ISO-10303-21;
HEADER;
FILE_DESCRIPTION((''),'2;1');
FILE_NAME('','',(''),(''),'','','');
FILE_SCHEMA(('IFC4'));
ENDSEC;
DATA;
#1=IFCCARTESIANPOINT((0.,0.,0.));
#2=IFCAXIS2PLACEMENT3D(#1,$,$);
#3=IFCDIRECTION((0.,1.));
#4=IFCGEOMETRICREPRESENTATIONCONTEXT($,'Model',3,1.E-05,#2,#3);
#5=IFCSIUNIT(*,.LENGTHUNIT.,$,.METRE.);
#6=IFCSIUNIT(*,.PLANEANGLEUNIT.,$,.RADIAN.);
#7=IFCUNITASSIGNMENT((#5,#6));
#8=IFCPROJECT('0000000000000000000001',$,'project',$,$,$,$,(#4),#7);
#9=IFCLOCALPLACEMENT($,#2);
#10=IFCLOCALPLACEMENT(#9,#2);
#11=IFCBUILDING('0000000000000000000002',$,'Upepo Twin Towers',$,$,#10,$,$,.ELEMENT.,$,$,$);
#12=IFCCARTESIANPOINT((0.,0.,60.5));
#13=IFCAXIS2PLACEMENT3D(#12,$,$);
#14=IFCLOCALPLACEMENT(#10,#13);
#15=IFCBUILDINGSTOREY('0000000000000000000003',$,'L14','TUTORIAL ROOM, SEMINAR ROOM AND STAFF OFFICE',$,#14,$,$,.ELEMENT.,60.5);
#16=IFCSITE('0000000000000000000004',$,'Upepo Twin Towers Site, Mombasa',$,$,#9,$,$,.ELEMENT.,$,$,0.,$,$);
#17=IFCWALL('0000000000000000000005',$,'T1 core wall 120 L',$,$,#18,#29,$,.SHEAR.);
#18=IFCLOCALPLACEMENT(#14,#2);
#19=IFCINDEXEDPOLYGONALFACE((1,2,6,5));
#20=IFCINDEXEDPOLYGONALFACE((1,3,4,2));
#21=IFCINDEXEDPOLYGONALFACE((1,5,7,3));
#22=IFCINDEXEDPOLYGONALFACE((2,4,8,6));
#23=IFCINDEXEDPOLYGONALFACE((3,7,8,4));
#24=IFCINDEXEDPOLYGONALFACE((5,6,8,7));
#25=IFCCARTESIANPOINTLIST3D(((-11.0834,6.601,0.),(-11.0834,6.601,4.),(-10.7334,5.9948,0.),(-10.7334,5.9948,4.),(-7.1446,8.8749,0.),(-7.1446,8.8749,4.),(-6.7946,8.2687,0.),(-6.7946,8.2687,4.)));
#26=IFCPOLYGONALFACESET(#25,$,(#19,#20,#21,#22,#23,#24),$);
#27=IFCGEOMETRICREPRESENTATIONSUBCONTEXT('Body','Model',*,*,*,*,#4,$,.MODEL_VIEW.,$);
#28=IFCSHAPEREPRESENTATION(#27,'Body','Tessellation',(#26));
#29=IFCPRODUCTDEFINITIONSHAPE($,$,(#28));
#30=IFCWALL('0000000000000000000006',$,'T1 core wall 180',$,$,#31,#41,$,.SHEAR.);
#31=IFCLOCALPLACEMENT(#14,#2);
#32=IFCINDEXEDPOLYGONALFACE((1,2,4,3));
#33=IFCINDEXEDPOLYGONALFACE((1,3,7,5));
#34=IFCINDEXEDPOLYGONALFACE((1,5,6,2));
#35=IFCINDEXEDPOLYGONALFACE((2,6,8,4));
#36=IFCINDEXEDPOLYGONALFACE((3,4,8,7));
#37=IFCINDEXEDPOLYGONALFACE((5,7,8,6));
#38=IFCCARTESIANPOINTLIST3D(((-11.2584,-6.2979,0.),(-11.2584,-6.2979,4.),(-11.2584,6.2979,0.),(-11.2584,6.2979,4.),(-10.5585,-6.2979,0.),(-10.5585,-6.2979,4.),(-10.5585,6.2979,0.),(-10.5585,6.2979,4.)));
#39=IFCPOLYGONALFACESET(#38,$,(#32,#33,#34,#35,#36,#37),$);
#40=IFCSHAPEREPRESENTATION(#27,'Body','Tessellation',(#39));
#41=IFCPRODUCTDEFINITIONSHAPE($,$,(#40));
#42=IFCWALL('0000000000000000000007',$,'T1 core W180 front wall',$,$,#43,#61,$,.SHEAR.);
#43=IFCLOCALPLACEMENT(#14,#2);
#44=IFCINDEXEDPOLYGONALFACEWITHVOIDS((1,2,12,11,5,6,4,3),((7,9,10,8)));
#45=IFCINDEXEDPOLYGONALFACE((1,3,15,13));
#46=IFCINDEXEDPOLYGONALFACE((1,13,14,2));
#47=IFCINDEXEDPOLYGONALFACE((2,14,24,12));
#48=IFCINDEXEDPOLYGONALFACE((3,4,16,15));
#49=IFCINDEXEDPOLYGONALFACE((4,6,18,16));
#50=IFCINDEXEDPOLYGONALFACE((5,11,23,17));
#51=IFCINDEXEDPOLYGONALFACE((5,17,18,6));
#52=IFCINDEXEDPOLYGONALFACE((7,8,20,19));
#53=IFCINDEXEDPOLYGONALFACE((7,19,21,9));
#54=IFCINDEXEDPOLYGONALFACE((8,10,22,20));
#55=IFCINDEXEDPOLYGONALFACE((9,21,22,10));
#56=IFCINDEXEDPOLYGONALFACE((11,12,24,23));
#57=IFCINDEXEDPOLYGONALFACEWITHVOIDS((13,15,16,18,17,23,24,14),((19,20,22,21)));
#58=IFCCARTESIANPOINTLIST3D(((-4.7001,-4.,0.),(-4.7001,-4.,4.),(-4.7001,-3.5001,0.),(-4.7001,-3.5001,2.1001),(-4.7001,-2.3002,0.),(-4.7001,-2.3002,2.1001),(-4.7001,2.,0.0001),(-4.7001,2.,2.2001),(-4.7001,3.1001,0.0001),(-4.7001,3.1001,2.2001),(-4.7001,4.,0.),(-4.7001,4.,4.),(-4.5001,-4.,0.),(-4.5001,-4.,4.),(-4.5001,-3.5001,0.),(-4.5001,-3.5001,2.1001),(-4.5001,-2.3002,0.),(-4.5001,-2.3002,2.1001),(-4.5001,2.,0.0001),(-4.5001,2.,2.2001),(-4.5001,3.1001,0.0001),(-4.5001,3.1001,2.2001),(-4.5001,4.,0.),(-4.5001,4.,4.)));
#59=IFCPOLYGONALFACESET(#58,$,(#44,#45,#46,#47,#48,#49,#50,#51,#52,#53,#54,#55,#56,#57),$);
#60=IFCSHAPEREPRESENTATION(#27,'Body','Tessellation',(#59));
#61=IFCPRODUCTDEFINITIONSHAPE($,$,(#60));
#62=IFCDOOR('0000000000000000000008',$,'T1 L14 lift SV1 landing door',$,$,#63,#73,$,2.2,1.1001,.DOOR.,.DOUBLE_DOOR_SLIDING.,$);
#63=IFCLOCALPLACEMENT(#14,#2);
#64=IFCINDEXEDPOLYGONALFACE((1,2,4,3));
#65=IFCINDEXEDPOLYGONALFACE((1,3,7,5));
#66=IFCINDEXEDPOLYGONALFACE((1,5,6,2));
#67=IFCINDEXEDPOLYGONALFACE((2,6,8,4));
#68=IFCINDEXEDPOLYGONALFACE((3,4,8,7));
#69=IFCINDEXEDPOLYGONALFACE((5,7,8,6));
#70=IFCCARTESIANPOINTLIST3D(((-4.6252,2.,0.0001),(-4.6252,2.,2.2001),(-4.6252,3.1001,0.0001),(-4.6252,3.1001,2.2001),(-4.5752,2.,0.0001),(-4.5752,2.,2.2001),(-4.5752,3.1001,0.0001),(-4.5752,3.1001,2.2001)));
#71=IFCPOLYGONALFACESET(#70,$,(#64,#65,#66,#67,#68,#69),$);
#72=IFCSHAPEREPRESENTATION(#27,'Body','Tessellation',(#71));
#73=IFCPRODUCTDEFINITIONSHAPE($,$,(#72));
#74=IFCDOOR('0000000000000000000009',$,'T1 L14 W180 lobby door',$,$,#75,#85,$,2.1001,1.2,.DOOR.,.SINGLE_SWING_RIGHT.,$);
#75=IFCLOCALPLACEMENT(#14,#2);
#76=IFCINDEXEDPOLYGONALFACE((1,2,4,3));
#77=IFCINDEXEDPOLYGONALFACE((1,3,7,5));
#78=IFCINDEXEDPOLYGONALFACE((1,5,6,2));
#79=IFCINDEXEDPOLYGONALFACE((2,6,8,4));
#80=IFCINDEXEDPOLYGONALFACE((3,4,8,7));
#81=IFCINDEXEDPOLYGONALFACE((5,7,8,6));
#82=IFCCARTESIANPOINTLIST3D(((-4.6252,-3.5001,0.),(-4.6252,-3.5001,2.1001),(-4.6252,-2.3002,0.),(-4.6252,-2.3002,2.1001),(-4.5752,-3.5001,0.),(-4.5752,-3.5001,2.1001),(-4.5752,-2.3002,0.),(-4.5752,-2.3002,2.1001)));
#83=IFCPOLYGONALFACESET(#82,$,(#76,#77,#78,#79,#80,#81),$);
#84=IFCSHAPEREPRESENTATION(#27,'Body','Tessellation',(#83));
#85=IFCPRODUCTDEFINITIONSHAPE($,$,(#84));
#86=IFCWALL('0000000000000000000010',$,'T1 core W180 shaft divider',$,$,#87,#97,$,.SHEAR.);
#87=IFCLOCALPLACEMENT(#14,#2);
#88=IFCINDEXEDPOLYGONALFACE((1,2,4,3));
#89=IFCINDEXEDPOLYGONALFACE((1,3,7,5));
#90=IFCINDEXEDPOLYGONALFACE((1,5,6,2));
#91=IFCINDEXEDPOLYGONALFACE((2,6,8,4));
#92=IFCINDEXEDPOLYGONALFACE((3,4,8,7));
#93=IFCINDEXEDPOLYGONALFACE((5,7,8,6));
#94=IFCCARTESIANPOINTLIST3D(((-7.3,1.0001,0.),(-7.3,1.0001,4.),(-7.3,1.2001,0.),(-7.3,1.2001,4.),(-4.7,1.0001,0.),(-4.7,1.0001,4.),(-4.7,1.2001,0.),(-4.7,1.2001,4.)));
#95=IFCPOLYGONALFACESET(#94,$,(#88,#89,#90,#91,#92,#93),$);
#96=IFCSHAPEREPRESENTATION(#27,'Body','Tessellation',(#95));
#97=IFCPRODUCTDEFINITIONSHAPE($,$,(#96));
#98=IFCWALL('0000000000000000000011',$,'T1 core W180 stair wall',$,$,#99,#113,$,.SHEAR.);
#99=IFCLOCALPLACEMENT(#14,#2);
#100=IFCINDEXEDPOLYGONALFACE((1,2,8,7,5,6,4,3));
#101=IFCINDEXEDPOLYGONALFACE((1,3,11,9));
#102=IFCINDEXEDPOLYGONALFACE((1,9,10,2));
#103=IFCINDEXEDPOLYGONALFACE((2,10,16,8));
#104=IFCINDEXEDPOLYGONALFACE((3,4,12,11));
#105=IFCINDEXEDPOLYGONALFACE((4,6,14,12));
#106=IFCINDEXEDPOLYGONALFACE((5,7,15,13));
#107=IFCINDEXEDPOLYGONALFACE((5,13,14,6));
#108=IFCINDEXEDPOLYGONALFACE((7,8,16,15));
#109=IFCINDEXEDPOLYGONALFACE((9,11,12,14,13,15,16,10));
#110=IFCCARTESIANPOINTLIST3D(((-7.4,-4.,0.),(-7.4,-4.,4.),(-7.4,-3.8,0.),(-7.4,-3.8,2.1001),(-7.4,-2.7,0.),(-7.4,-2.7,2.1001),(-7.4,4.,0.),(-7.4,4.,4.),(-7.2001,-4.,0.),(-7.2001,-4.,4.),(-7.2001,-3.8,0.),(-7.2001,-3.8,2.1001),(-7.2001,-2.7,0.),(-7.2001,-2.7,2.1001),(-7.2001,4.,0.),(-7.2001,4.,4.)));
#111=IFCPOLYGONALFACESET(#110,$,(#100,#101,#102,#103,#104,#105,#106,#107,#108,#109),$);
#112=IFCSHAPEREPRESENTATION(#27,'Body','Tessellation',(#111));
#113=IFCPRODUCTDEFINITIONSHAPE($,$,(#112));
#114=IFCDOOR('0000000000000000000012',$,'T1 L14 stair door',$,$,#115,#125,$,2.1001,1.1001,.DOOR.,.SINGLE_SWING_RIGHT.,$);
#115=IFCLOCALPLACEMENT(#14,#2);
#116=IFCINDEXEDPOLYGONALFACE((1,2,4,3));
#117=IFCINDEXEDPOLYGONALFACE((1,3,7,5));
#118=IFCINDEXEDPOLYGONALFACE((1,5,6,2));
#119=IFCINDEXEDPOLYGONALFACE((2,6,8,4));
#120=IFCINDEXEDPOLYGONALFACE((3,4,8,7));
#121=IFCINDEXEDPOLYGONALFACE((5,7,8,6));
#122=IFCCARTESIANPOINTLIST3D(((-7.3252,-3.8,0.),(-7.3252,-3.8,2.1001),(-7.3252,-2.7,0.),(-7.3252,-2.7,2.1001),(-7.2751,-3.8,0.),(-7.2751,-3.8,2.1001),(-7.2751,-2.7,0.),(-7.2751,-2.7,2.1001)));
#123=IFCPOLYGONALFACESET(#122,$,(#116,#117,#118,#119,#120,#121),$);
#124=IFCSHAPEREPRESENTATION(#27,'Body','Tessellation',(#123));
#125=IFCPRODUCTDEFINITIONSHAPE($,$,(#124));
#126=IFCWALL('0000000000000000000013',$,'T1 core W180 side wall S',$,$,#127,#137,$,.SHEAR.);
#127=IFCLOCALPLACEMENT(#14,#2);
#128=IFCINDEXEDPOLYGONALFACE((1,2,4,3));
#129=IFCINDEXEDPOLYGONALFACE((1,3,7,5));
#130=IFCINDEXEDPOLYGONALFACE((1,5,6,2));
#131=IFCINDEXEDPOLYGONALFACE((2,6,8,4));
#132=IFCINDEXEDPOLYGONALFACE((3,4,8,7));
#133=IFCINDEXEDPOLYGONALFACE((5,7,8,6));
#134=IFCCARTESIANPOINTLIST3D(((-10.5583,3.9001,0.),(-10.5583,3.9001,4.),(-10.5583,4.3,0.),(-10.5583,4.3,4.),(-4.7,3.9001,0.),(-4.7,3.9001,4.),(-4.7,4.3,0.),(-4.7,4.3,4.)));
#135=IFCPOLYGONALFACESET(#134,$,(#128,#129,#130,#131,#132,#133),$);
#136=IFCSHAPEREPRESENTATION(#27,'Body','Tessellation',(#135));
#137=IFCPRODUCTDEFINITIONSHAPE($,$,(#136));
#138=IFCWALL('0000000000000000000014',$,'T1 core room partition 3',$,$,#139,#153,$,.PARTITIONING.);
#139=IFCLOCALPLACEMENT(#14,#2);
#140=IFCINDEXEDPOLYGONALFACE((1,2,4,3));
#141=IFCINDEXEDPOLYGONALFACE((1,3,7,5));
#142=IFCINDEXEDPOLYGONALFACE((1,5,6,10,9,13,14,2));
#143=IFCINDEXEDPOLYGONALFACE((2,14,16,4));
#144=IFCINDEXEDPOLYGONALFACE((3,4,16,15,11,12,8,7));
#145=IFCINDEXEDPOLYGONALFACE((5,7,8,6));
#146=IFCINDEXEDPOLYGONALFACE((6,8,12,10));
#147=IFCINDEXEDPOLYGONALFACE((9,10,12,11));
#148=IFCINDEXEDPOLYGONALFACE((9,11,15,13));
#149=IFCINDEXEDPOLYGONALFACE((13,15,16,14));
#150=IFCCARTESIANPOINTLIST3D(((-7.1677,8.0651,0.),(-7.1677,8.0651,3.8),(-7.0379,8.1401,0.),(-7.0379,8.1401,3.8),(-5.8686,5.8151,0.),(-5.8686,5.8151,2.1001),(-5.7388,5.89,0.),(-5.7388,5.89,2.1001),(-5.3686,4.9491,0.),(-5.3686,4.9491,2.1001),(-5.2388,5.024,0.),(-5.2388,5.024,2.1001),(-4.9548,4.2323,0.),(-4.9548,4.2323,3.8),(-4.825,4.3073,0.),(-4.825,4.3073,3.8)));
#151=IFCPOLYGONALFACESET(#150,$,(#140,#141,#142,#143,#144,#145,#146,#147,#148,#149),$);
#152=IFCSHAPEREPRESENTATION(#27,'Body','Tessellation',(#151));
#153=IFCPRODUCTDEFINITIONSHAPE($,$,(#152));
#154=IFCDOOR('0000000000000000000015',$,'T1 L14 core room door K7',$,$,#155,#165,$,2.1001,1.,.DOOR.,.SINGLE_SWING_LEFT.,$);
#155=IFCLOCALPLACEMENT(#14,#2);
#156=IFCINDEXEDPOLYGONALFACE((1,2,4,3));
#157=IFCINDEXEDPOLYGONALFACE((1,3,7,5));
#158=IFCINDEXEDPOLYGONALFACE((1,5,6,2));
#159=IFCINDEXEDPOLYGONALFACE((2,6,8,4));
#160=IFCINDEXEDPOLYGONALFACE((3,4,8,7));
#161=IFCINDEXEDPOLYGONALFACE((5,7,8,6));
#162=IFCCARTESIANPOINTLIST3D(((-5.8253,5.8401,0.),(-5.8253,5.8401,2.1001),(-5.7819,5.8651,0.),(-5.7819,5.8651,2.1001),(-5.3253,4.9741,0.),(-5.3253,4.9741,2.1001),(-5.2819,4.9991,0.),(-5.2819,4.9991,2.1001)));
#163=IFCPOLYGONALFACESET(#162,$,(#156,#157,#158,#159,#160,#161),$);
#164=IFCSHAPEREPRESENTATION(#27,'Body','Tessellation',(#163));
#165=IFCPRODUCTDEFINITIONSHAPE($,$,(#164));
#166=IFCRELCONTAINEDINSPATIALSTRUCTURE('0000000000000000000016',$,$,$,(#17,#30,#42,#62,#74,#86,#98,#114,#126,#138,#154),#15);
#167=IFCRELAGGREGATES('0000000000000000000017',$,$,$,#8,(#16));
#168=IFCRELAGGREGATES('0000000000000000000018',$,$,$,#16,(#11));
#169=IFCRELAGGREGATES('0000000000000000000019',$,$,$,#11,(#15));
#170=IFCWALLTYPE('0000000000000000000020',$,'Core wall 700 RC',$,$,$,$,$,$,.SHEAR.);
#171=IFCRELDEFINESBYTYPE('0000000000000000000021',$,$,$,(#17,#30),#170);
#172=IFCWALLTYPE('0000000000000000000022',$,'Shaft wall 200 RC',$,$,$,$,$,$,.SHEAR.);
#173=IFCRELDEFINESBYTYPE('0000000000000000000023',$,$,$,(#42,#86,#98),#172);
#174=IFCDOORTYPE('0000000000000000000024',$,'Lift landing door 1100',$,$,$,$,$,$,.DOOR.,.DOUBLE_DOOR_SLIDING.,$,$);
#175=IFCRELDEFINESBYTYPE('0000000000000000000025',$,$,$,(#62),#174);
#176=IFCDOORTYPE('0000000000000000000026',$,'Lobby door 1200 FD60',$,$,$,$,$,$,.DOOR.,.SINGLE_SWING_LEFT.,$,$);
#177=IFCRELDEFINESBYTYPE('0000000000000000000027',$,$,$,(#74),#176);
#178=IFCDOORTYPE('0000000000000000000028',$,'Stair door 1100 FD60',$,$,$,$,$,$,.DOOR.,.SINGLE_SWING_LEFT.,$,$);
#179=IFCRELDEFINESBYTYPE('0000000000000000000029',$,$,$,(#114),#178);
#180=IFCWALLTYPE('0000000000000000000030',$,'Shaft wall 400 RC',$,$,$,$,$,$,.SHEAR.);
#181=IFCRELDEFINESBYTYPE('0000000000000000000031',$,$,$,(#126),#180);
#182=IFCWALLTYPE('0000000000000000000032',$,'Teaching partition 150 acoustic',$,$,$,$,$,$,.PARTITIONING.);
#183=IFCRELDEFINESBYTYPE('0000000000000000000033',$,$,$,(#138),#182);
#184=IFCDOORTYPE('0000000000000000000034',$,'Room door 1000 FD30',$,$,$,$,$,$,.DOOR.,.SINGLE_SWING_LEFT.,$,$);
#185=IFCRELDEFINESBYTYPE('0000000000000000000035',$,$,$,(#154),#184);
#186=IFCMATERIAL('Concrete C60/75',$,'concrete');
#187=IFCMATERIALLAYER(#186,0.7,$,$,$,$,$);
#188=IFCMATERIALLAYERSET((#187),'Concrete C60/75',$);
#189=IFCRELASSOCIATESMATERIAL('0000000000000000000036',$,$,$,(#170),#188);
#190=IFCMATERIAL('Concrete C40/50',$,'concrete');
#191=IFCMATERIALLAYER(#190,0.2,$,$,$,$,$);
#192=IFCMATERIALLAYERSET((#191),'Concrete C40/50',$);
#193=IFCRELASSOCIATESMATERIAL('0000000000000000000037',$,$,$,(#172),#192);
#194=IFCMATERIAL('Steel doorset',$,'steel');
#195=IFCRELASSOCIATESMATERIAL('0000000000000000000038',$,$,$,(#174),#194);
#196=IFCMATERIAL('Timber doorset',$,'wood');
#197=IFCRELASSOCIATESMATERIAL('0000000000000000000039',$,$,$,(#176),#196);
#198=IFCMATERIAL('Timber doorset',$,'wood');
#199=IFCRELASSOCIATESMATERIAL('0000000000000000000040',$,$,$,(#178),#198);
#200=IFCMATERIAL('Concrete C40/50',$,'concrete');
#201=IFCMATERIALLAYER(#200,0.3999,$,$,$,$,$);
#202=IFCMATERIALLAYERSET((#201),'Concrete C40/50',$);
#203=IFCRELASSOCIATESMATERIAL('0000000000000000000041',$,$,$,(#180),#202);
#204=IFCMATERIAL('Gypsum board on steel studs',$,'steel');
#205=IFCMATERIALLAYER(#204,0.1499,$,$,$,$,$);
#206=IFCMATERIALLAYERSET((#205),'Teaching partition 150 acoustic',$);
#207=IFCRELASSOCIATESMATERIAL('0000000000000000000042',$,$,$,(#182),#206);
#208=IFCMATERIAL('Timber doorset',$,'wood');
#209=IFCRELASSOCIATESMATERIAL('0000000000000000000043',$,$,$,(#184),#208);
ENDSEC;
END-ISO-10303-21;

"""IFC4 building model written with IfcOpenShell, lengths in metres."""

from ifc_helpers import new_model, si_unit, direction, frame, frame_2d, origin, place, context, subcontext, project, spatial, rectangle, extrude, material, layer, layer_set, type_object, element, fill, save


model = new_model("IFC4")

# Units and contexts
model_context = context("Model", 3, precision=1e-05, world=origin(), true_north=direction((0.0, 1.0)))
body_context = subcontext(model_context, "Body", "Model", "MODEL_VIEW")
ifc_project = project(units=[si_unit("LENGTHUNIT", "METRE"), si_unit("PLANEANGLEUNIT", "RADIAN")], contexts=[model_context])

# Site, building, storey
site_placement = place(None, origin())
site = spatial("IfcSite", under=ifc_project, at=site_placement, Name="Upepo Twin Towers Site, Mombasa", CompositionType="ELEMENT", RefElevation=0.0)
building_placement = place(site_placement, origin())
building = spatial("IfcBuilding", under=site, at=building_placement, Name="Upepo Twin Towers", CompositionType="ELEMENT")
storey_placement = place(building_placement, frame((0.0, 0.0, 60.5)))
storey = spatial("IfcBuildingStorey", under=building, at=storey_placement, Name="L14", Description="TUTORIAL ROOM, SEMINAR ROOM AND STAFF OFFICE", CompositionType="ELEMENT", Elevation=60.5)

# Walls
ifc_material_1 = material(Name="Concrete C60/75", Category="concrete")
ifc_layer_1 = layer(ifc_material_1, 0.7)
ifc_layer_set_1 = layer_set([ifc_layer_1], Name="Concrete C60/75")
wall_type_1 = type_object("IfcWallType", Name="Core wall 700 RC", PredefinedType="SHEAR", material=ifc_layer_set_1)
wall_1_placement = place(storey_placement, frame((-6.9697, 8.5718, 0.0), z_axis=(0.0, 0.0, 1.0), x_axis=(-0.866035, -0.499984, 0.0)))
element("IfcWall", 1, at=wall_1_placement, inside=storey, type_object=wall_type_1, Name="T1 core wall 120 L", PredefinedType="SHEAR", context=body_context, shape_type="SweptSolid", body=[
    extrude(rectangle(XDim=4.5481, YDim=0.7, at=frame_2d((2.2739, 0.0))), origin(), (0.0, 0.0, 1.0), 4.0),
])
wall_2_placement = place(storey_placement, frame((-10.9084, 6.2979, 0.0), z_axis=(0.0, 0.0, 1.0), x_axis=(0.0, -1.0, 0.0)))
element("IfcWall", 2, at=wall_2_placement, inside=storey, type_object=wall_type_1, Name="T1 core wall 180", PredefinedType="SHEAR", context=body_context, shape_type="SweptSolid", body=[
    extrude(rectangle(XDim=12.5957, YDim=0.7, at=frame_2d((6.2979, 0.0))), origin(), (0.0, 0.0, 1.0), 4.0),
])

# Wall, openings, doors
ifc_material_2 = material(Name="Concrete C40/50", Category="concrete")
ifc_layer_2 = layer(ifc_material_2, 0.2)
ifc_layer_set_2 = layer_set([ifc_layer_2], Name="Concrete C40/50")
wall_type_2 = type_object("IfcWallType", Name="Shaft wall 200 RC", PredefinedType="SHEAR", material=ifc_layer_set_2)
wall_3_placement = place(storey_placement, frame((-4.6001, 4.0, 0.0), z_axis=(0.0, 0.0, 1.0), x_axis=(0.0, -1.0, 0.0)))
wall_3 = element("IfcWall", 3, at=wall_3_placement, inside=storey, type_object=wall_type_2, Name="T1 core W180 front wall", PredefinedType="SHEAR", context=body_context, shape_type="SweptSolid", body=[
    extrude(rectangle(XDim=8.0, YDim=0.2, at=frame_2d((4.0, 0.0))), origin(), (0.0, 0.0, 1.0), 4.0),
])
opening_1_placement = place(wall_3_placement, frame((6.3, 0.0, 0.0)))
opening_1 = element("IfcOpeningElement", 4, at=opening_1_placement, cuts=wall_3, PredefinedType="OPENING", context=body_context, shape_type="SweptSolid", body=[
    extrude(rectangle(XDim=1.2, YDim=2.1001, at=frame_2d((0.6001, 1.05))), frame((0.0, 0.1099, 0.0), z_axis=(0.0, -1.0, 0.0), x_axis=(1.0, 0.0, 0.0)), (0.0, 0.0, 1.0), 0.22),
])
opening_2_placement = place(wall_3_placement, frame((0.8999, 0.0, 0.0)))
opening_2 = element("IfcOpeningElement", 5, at=opening_2_placement, cuts=wall_3, PredefinedType="OPENING", context=body_context, shape_type="SweptSolid", body=[
    extrude(rectangle(XDim=1.1001, YDim=2.2, at=frame_2d((0.55, 1.1001))), frame((0.0, 0.1099, 0.0), z_axis=(0.0, -1.0, 0.0), x_axis=(1.0, 0.0, 0.0)), (0.0, 0.0, 1.0), 0.22),
])
ifc_material_3 = material(Name="Steel doorset", Category="steel")
door_type_1 = type_object("IfcDoorType", Name="Lift landing door 1100", OperationType="DOUBLE_DOOR_SLIDING", PredefinedType="DOOR", material=ifc_material_3)
door_1_placement = place(opening_2_placement, origin())
door_1 = element("IfcDoor", 6, at=door_1_placement, inside=storey, type_object=door_type_1, Name="T1 L14 lift SV1 landing door", OperationType="DOUBLE_DOOR_SLIDING", OverallHeight=2.2, OverallWidth=1.1001, PredefinedType="DOOR", context=body_context, shape_type="SweptSolid", body=[
    extrude(rectangle(XDim=1.1001, YDim=2.2, at=frame_2d((0.55, 1.1001))), frame((0.0, 0.0249, 0.0), z_axis=(0.0, -1.0, 0.0), x_axis=(1.0, 0.0, 0.0)), (0.0, 0.0, 1.0), 0.05),
])
fill(opening_2, door_1)
ifc_material_4 = material(Name="Timber doorset", Category="wood")
door_type_2 = type_object("IfcDoorType", Name="Lobby door 1200 FD60", OperationType="SINGLE_SWING_LEFT", PredefinedType="DOOR", material=ifc_material_4)
door_2_placement = place(opening_1_placement, origin())
door_2 = element("IfcDoor", 7, at=door_2_placement, inside=storey, type_object=door_type_2, Name="T1 L14 W180 lobby door", OperationType="SINGLE_SWING_RIGHT", OverallHeight=2.1001, OverallWidth=1.2, PredefinedType="DOOR", context=body_context, shape_type="SweptSolid", body=[
    extrude(rectangle(XDim=1.2, YDim=2.1001, at=frame_2d((0.6001, 1.05))), frame((0.0, 0.0249, 0.0), z_axis=(0.0, -1.0, 0.0), x_axis=(1.0, 0.0, 0.0)), (0.0, 0.0, 1.0), 0.05),
])
fill(opening_1, door_2)

# Wall
wall_4_placement = place(storey_placement, frame((-4.7, 1.1001, 0.0), z_axis=(0.0, 0.0, 1.0), x_axis=(-1.0, 0.0, 0.0)))
element("IfcWall", 8, at=wall_4_placement, inside=storey, type_object=wall_type_2, Name="T1 core W180 shaft divider", PredefinedType="SHEAR", context=body_context, shape_type="SweptSolid", body=[
    extrude(rectangle(XDim=2.6001, YDim=0.2, at=frame_2d((1.3, 0.0))), origin(), (0.0, 0.0, 1.0), 4.0),
])

# Wall, opening, door
wall_5_placement = place(storey_placement, frame((-7.3, 4.0, 0.0), z_axis=(0.0, 0.0, 1.0), x_axis=(0.0, -1.0, 0.0)))
wall_5 = element("IfcWall", 9, at=wall_5_placement, inside=storey, type_object=wall_type_2, Name="T1 core W180 stair wall", PredefinedType="SHEAR", context=body_context, shape_type="SweptSolid", body=[
    extrude(rectangle(XDim=8.0, YDim=0.2, at=frame_2d((4.0, 0.0))), origin(), (0.0, 0.0, 1.0), 4.0),
])
opening_3_placement = place(wall_5_placement, frame((6.7, 0.0, 0.0)))
opening_3 = element("IfcOpeningElement", 10, at=opening_3_placement, cuts=wall_5, PredefinedType="OPENING", context=body_context, shape_type="SweptSolid", body=[
    extrude(rectangle(XDim=1.1001, YDim=2.1001, at=frame_2d((0.55, 1.05))), frame((0.0, 0.1099, 0.0), z_axis=(0.0, -1.0, 0.0), x_axis=(1.0, 0.0, 0.0)), (0.0, 0.0, 1.0), 0.22),
])
ifc_material_5 = material(Name="Timber doorset", Category="wood")
door_type_3 = type_object("IfcDoorType", Name="Stair door 1100 FD60", OperationType="SINGLE_SWING_LEFT", PredefinedType="DOOR", material=ifc_material_5)
door_3_placement = place(opening_3_placement, origin())
door_3 = element("IfcDoor", 11, at=door_3_placement, inside=storey, type_object=door_type_3, Name="T1 L14 stair door", OperationType="SINGLE_SWING_RIGHT", OverallHeight=2.1001, OverallWidth=1.1001, PredefinedType="DOOR", context=body_context, shape_type="SweptSolid", body=[
    extrude(rectangle(XDim=1.1001, YDim=2.1001, at=frame_2d((0.55, 1.05))), frame((0.0, 0.0249, 0.0), z_axis=(0.0, -1.0, 0.0), x_axis=(1.0, 0.0, 0.0)), (0.0, 0.0, 1.0), 0.05),
])
fill(opening_3, door_3)

# Wall
ifc_material_6 = material(Name="Concrete C40/50", Category="concrete")
ifc_layer_3 = layer(ifc_material_6, 0.3999)
ifc_layer_set_3 = layer_set([ifc_layer_3], Name="Concrete C40/50")
wall_type_3 = type_object("IfcWallType", Name="Shaft wall 400 RC", PredefinedType="SHEAR", material=ifc_layer_set_3)
wall_6_placement = place(storey_placement, frame((-4.7, 4.1001, 0.0), z_axis=(0.0, 0.0, 1.0), x_axis=(-1.0, 0.0, 0.0)))
element("IfcWall", 12, at=wall_6_placement, inside=storey, type_object=wall_type_3, Name="T1 core W180 side wall S", PredefinedType="SHEAR", context=body_context, shape_type="SweptSolid", body=[
    extrude(rectangle(XDim=5.8584, YDim=0.3999, at=frame_2d((2.9292, 0.0))), origin(), (0.0, 0.0, 1.0), 4.0),
])

# Wall, opening, door
ifc_material_7 = material(Name="Gypsum board on steel studs", Category="steel")
ifc_layer_4 = layer(ifc_material_7, 0.1499)
ifc_layer_set_4 = layer_set([ifc_layer_4], Name="Teaching partition 150 acoustic")
wall_type_4 = type_object("IfcWallType", Name="Teaching partition 150 acoustic", PredefinedType="PARTITIONING", material=ifc_layer_set_4)
wall_7_placement = place(storey_placement, frame((-4.8899, 4.2698, 0.0), z_axis=(0.0, 0.0, 1.0), x_axis=(-0.500007, 0.866021, 0.0)))
wall_7 = element("IfcWall", 13, at=wall_7_placement, inside=storey, type_object=wall_type_4, Name="T1 core room partition 3", PredefinedType="PARTITIONING", context=body_context, shape_type="SweptSolid", body=[
    extrude(rectangle(XDim=4.4258, YDim=0.1499, at=frame_2d((2.2129, 0.0))), origin(), (0.0, 0.0, 1.0), 3.8),
])
opening_4_placement = place(wall_7_placement, frame((0.8276, 0.0, 0.0)))
opening_4 = element("IfcOpeningElement", 14, at=opening_4_placement, cuts=wall_7, PredefinedType="OPENING", context=body_context, shape_type="SweptSolid", body=[
    extrude(rectangle(XDim=1.0, YDim=2.1001, at=frame_2d((0.5, 1.05))), frame((0.0, 0.085, 0.0), z_axis=(0.0, -1.0, 0.0), x_axis=(1.0, 0.0, 0.0)), (0.0, 0.0, 1.0), 0.1699),
])
ifc_material_8 = material(Name="Timber doorset", Category="wood")
door_type_4 = type_object("IfcDoorType", Name="Room door 1000 FD30", OperationType="SINGLE_SWING_LEFT", PredefinedType="DOOR", material=ifc_material_8)
door_4_placement = place(opening_4_placement, origin())
door_4 = element("IfcDoor", 15, at=door_4_placement, inside=storey, type_object=door_type_4, Name="T1 L14 core room door K7", OperationType="SINGLE_SWING_LEFT", OverallHeight=2.1001, OverallWidth=1.0, PredefinedType="DOOR", context=body_context, shape_type="SweptSolid", body=[
    extrude(rectangle(XDim=1.0, YDim=2.1001, at=frame_2d((0.5, 1.05))), frame((0.0, 0.0249, 0.0), z_axis=(0.0, -1.0, 0.0), x_axis=(1.0, 0.0, 0.0)), (0.0, 0.0, 1.0), 0.05),
])
fill(opening_4, door_4)

save(model, "model.ifc")
